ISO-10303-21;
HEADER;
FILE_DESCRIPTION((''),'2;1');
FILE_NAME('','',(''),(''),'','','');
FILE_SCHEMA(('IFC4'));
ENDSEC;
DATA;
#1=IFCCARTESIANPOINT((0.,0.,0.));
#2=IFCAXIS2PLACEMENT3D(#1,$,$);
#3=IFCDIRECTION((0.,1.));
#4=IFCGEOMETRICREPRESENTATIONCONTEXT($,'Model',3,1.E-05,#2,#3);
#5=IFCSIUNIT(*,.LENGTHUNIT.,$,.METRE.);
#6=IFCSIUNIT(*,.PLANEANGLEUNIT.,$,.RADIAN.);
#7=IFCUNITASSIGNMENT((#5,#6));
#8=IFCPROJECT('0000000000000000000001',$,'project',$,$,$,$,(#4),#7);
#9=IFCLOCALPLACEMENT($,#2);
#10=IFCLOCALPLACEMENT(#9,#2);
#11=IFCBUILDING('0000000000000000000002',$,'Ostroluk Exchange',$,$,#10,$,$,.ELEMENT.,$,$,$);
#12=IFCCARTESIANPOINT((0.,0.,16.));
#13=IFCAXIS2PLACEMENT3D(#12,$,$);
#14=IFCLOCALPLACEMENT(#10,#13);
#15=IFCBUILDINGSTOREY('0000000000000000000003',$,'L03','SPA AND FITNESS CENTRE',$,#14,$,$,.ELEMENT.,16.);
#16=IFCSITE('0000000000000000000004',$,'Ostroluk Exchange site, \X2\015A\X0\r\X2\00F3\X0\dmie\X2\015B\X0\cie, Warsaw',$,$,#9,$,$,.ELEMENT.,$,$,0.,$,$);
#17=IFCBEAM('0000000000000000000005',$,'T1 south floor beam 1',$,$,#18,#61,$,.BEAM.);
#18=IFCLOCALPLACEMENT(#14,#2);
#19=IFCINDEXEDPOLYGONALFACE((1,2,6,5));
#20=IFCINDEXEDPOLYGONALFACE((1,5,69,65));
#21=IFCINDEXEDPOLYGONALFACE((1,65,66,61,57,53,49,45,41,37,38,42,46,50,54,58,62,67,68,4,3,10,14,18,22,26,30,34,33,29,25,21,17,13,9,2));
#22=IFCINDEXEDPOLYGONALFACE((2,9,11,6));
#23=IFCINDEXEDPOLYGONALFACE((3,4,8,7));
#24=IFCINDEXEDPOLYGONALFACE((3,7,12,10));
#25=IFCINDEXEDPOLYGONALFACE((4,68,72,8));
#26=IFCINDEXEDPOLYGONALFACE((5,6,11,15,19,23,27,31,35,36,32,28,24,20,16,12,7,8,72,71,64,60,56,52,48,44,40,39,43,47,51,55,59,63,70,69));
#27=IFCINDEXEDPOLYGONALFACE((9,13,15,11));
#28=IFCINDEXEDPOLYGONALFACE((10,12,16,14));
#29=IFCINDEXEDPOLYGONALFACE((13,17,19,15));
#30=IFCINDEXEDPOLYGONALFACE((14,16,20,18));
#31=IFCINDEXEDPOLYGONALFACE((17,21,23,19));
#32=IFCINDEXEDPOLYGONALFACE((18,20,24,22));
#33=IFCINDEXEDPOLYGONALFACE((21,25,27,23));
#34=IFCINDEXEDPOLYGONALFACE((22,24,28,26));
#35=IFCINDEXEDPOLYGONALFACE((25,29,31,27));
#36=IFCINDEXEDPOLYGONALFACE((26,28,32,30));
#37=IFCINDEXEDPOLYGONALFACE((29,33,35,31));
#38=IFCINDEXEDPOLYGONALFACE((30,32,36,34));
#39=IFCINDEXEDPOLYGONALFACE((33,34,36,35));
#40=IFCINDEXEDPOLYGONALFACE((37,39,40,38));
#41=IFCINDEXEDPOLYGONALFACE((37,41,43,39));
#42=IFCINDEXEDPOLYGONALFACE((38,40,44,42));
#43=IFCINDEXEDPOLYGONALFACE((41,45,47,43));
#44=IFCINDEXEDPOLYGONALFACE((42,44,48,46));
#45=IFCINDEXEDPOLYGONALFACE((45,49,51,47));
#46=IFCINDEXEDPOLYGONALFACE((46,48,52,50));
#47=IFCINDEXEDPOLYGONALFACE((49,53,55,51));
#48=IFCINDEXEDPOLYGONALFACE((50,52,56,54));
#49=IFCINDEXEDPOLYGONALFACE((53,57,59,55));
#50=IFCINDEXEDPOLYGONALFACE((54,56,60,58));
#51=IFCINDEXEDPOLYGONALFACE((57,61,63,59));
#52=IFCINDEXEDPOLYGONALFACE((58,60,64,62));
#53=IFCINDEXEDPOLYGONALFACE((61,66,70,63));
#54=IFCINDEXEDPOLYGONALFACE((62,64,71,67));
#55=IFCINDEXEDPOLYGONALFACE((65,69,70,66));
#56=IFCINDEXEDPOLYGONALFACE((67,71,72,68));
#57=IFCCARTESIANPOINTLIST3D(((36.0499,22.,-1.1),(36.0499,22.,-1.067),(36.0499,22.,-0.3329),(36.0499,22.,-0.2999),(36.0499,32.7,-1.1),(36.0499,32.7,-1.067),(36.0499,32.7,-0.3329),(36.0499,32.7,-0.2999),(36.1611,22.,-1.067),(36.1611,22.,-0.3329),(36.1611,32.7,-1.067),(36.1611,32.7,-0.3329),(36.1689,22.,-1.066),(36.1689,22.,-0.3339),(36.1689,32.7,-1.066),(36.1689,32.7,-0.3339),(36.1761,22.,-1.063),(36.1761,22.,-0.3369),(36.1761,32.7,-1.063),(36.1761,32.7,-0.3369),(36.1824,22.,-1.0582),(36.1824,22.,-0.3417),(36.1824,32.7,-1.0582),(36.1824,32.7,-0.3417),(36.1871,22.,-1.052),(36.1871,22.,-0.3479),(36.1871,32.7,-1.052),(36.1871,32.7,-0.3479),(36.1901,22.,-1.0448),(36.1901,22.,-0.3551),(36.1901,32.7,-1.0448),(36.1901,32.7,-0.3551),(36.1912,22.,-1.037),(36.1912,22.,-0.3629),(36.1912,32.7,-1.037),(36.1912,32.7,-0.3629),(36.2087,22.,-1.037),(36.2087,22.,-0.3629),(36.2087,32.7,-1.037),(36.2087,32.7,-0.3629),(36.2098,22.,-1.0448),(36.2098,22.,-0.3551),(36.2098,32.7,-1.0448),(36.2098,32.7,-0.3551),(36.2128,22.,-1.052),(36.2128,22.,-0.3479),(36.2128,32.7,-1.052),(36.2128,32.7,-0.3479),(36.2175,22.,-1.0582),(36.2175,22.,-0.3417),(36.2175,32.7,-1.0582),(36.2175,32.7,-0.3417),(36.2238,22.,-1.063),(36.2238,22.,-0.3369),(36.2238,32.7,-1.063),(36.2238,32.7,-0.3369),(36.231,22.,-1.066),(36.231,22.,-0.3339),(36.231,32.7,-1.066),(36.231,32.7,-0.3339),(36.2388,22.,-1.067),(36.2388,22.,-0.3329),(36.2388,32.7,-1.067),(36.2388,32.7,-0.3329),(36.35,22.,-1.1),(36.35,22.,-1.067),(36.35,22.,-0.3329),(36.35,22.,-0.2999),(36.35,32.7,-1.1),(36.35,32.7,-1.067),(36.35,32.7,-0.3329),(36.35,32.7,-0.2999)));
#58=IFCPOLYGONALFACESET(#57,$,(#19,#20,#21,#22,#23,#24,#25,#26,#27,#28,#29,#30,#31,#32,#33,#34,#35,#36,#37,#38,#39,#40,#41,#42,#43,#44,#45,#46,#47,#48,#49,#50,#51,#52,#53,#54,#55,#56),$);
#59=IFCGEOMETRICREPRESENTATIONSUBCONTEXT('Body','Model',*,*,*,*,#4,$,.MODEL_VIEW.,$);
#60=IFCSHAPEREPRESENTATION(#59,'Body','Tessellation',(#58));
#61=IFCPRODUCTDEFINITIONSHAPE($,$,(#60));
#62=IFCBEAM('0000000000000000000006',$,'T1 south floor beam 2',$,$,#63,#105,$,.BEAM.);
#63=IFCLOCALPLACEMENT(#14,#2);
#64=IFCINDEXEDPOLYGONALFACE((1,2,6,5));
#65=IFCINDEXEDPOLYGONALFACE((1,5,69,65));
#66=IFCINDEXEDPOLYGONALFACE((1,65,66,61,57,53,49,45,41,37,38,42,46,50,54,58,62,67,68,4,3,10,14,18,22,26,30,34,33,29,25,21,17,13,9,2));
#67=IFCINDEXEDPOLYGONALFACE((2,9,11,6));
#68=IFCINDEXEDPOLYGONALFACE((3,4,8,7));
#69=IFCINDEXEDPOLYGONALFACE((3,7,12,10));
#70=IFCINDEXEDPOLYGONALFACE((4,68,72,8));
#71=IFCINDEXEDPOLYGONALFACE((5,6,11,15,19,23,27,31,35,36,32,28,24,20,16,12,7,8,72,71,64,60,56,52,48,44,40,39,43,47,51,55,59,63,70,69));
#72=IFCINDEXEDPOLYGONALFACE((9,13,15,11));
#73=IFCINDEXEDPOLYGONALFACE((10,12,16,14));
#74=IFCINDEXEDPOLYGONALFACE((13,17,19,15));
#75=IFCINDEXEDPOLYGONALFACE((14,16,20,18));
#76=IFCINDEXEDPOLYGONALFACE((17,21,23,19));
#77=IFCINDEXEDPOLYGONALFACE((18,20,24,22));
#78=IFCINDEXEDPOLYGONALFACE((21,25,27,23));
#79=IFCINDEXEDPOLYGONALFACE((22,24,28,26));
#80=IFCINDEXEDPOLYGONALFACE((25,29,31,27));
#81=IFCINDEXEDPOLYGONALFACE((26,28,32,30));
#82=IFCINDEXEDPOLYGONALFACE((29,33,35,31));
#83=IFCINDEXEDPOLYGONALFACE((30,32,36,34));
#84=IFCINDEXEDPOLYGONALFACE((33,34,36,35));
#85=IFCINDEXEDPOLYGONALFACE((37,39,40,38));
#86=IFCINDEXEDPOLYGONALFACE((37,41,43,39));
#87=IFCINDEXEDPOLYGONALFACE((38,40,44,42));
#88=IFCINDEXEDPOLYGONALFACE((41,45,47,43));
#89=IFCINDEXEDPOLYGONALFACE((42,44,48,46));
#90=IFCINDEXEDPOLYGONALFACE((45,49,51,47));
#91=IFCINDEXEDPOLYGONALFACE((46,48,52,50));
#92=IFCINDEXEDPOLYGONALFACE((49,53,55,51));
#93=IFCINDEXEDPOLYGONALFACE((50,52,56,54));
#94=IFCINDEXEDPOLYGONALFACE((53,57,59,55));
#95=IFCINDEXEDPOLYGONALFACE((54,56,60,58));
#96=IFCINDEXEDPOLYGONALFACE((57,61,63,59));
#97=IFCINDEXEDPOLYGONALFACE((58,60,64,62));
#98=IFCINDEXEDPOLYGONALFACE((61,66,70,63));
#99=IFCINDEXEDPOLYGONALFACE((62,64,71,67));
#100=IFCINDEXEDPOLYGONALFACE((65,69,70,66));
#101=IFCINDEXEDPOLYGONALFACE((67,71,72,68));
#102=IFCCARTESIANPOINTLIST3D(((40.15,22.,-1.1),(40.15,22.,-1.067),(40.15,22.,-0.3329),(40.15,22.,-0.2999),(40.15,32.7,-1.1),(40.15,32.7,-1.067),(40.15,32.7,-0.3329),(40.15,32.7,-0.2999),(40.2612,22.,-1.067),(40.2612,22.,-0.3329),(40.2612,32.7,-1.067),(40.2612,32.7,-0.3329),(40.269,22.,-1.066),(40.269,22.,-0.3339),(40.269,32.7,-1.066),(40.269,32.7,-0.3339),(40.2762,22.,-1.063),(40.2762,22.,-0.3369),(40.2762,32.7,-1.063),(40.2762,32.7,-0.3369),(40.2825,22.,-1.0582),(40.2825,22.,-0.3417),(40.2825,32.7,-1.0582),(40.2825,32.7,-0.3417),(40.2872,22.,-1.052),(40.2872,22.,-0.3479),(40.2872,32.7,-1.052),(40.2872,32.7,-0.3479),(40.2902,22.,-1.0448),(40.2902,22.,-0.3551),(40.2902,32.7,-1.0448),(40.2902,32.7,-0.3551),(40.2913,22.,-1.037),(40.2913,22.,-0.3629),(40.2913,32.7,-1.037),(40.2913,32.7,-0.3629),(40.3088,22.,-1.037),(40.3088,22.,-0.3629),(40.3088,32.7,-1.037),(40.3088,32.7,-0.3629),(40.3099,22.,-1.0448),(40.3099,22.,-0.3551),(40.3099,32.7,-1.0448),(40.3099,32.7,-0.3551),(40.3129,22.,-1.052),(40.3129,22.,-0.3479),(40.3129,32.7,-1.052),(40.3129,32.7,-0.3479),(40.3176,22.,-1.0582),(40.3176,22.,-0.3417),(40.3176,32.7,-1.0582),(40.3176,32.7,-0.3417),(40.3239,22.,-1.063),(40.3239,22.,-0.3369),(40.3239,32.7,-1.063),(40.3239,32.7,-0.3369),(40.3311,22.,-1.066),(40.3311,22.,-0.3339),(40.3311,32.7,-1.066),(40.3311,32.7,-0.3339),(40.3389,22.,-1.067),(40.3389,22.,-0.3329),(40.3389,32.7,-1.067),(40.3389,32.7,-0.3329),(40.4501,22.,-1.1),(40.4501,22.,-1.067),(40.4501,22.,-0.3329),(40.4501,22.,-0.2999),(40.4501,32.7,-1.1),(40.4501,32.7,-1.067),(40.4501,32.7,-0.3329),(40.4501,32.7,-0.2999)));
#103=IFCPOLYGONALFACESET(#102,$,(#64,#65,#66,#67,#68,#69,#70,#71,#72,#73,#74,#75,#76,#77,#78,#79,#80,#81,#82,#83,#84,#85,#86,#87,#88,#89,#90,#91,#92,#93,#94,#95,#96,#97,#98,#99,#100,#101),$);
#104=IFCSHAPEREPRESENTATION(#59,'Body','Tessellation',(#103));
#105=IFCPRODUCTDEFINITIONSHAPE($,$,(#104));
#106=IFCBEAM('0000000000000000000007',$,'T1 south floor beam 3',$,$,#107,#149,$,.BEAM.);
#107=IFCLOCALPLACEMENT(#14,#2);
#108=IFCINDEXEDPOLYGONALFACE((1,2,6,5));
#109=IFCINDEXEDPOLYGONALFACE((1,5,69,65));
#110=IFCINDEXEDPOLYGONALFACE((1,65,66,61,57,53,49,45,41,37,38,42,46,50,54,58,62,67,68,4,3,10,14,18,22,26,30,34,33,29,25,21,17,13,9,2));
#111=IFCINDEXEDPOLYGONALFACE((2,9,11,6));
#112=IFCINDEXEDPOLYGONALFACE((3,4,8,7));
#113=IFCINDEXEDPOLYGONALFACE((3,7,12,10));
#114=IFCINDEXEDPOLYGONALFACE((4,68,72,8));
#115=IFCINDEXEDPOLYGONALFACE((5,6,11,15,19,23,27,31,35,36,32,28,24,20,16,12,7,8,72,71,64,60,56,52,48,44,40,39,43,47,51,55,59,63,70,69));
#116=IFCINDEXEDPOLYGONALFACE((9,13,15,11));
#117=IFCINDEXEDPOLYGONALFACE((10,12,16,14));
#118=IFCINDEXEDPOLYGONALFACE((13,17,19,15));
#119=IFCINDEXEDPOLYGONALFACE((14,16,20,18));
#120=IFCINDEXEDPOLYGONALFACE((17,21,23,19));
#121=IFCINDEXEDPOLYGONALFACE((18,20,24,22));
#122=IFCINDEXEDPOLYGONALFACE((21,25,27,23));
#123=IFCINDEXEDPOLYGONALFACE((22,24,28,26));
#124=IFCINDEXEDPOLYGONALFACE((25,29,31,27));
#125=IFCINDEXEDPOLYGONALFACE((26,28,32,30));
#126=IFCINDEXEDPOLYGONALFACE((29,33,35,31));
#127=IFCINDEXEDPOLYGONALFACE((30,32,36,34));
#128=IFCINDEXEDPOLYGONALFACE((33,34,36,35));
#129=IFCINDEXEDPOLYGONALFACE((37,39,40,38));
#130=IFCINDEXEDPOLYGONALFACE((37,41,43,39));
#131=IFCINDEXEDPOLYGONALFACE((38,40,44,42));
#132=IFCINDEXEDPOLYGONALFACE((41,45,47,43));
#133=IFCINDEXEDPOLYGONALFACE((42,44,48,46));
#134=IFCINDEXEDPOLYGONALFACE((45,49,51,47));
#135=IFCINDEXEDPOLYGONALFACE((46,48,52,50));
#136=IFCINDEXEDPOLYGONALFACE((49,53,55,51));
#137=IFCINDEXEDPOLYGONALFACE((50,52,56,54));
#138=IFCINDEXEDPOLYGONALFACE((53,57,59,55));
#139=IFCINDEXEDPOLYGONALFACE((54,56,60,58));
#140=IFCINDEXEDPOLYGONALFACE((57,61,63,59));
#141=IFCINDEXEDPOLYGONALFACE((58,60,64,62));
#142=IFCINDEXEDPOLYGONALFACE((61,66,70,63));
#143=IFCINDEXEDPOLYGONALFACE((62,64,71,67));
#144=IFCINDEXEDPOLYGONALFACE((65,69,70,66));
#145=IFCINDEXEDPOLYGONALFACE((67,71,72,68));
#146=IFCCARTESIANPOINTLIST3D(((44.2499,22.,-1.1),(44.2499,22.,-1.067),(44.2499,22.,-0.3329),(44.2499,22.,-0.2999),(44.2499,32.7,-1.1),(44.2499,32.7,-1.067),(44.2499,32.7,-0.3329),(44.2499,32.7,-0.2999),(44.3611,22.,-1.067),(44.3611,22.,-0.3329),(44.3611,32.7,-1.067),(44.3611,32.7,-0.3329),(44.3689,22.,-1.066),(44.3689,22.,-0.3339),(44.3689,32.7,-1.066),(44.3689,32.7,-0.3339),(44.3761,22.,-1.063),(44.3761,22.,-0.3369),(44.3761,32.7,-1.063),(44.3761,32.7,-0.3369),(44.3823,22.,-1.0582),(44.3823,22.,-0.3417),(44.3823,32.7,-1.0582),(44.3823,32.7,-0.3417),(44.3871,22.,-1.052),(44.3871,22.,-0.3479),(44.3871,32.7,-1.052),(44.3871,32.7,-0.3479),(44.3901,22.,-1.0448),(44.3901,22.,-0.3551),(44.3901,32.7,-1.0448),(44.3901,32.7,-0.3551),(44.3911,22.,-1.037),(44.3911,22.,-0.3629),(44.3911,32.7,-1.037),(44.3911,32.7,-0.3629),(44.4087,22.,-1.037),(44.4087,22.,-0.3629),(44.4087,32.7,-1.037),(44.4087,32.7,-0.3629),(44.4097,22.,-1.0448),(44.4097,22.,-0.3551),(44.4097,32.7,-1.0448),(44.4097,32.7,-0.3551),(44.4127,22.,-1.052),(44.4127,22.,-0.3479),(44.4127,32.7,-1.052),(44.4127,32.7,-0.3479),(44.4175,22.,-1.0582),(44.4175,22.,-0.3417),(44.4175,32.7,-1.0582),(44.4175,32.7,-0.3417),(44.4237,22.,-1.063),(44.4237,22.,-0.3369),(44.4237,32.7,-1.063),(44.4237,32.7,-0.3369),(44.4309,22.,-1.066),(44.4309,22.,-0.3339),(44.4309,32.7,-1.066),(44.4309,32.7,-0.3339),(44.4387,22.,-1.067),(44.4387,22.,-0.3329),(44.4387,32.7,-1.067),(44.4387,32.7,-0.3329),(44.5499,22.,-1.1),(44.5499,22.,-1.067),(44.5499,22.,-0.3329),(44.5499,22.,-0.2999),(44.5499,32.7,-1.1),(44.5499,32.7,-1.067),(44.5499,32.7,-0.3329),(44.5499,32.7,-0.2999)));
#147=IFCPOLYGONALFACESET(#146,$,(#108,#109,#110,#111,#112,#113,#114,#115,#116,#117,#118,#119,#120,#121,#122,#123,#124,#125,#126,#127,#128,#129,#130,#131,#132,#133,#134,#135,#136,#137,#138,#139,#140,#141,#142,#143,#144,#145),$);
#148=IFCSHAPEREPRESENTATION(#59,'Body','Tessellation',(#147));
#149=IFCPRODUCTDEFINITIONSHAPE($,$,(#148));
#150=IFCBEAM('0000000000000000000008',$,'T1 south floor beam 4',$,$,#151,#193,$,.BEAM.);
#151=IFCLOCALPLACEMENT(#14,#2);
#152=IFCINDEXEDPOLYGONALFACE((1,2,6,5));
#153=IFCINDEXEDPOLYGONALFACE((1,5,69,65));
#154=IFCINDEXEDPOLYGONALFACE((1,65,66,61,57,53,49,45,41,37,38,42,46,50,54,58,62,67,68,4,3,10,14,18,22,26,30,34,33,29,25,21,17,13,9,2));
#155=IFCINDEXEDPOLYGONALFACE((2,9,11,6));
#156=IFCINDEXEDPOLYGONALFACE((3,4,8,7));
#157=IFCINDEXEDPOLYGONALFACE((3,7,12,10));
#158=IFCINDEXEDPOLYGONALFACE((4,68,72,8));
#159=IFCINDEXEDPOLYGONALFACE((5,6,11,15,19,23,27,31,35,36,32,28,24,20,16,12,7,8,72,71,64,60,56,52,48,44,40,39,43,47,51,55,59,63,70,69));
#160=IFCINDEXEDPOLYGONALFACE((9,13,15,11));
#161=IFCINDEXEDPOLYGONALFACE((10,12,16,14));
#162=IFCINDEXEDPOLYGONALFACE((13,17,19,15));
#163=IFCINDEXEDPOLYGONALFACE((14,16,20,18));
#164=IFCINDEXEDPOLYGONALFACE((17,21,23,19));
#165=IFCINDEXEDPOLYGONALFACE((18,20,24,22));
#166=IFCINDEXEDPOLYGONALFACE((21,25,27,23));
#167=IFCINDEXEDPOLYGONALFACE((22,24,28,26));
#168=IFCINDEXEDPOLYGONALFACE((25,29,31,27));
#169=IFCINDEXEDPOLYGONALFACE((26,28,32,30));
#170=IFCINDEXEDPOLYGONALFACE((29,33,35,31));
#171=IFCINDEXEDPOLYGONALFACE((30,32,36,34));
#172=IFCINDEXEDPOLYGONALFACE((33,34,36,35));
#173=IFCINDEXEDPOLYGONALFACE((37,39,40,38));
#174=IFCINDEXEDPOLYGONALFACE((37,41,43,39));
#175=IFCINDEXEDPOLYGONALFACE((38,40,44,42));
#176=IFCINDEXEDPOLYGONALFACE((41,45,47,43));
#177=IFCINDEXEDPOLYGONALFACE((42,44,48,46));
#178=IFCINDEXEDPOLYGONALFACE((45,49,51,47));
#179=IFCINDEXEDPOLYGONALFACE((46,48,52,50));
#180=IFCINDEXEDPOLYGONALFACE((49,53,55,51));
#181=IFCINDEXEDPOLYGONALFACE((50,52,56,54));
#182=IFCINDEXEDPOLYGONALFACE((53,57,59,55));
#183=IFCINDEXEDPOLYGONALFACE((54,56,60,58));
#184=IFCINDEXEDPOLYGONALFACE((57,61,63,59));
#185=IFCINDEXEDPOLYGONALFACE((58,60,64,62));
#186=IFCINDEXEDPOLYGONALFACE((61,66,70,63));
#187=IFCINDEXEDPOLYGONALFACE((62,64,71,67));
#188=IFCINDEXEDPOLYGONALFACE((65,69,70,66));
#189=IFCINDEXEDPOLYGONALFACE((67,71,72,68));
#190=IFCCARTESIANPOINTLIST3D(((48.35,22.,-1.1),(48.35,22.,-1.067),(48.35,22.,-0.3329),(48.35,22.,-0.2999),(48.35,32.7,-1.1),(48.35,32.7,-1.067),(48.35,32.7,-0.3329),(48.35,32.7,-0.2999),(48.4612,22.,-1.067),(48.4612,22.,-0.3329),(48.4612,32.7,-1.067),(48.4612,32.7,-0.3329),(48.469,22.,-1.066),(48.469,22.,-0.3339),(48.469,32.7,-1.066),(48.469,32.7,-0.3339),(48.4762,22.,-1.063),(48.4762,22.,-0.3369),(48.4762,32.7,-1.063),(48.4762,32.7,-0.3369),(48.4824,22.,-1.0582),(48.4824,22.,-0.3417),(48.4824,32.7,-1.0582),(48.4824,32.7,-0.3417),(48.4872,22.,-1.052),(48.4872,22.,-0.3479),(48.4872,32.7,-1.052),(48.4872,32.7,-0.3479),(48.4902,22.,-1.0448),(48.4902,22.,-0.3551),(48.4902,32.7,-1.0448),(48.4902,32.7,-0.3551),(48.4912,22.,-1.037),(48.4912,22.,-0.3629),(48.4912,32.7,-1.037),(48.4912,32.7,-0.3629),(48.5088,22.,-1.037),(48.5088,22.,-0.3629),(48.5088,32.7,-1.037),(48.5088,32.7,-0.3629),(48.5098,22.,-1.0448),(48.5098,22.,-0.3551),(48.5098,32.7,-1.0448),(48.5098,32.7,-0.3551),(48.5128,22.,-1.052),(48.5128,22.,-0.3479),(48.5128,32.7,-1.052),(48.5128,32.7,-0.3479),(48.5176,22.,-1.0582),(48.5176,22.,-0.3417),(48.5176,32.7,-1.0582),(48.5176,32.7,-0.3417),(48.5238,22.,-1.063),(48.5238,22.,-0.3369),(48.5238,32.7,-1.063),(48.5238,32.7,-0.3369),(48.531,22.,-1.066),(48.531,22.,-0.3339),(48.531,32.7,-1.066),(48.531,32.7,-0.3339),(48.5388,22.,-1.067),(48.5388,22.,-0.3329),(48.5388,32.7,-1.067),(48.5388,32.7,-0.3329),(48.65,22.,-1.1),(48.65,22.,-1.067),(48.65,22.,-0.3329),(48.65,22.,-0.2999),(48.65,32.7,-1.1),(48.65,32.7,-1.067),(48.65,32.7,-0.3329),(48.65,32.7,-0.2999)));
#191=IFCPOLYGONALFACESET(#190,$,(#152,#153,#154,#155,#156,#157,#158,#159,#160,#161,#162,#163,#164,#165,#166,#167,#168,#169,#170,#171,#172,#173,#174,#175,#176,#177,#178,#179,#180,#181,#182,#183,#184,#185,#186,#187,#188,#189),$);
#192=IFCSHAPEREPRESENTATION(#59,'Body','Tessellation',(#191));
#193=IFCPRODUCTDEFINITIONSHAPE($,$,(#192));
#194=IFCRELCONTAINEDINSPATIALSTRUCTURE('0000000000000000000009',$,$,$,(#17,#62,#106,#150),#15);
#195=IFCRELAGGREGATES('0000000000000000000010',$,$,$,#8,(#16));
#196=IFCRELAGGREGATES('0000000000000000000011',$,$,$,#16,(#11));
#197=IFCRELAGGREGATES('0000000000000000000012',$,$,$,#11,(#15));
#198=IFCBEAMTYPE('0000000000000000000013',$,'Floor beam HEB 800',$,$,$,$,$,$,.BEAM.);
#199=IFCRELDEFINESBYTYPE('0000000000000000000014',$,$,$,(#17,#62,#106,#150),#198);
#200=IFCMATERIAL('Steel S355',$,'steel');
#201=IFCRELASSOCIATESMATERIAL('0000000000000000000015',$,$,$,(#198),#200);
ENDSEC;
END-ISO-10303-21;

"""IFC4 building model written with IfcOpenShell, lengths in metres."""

from ifc_helpers import new_model, si_unit, direction, frame, origin, origin_2d, place, context, subcontext, project, spatial, i_section, extrude, material, material_profile, profile_set, type_object, element, save


model = new_model("IFC4")

# Units and contexts
model_context = context("Model", 3, precision=1e-05, world=origin(), true_north=direction((0.0, 1.0)))
body_context = subcontext(model_context, "Body", "Model", "MODEL_VIEW")
ifc_project = project(units=[si_unit("LENGTHUNIT", "METRE"), si_unit("PLANEANGLEUNIT", "RADIAN")], contexts=[model_context])

# Site, building, storey
site_placement = place(None, origin())
site = spatial("IfcSite", under=ifc_project, at=site_placement, Name="Ostroluk Exchange site, Śródmieście, Warsaw", CompositionType="ELEMENT", RefElevation=0.0)
building_placement = place(site_placement, origin())
building = spatial("IfcBuilding", under=site, at=building_placement, Name="Ostroluk Exchange", CompositionType="ELEMENT")
storey_placement = place(building_placement, frame((0.0, 0.0, 16.0)))
storey = spatial("IfcBuildingStorey", under=building, at=storey_placement, Name="L03", Description="SPA AND FITNESS CENTRE", CompositionType="ELEMENT", Elevation=16.0)

# Beams
ifc_material_1 = material(Name="Steel S355", Category="steel")
ifc_material_profile_1 = material_profile(ifc_material_1, i_section(OverallWidth=0.3, OverallDepth=0.8, WebThickness=0.0176, FlangeThickness=0.033, FilletRadius=0.03, at=origin_2d()), Name="HEB 800")
ifc_profile_set_1 = profile_set([ifc_material_profile_1], Name="Steel S355")
beam_type_1 = type_object("IfcBeamType", Name="Floor beam HEB 800", PredefinedType="BEAM", material=ifc_profile_set_1)
for number, where, z_axis, x_axis, name in (
    (1, (36.2, 32.7, -0.7), (0.0, -1.0, 0.0), (1.0, 0.0, 0.0), "T1 south floor beam 1"),
    (2, (40.3, 32.7, -0.7), (0.0, -1.0, 0.0), (1.0, 0.0, 0.0), "T1 south floor beam 2"),
    (3, (44.3999, 32.7, -0.7), (0.0, -1.0, 0.0), (1.0, 0.0, 0.0), "T1 south floor beam 3"),
    (4, (48.5, 32.7, -0.7), (0.0, -1.0, 0.0), (1.0, 0.0, 0.0), "T1 south floor beam 4"),
):
    element("IfcBeam", number, at=place(storey_placement, frame(where, z_axis=z_axis, x_axis=x_axis)), inside=storey, type_object=beam_type_1, Name=name, PredefinedType="BEAM", context=body_context, shape_type="SweptSolid", body=[
        extrude(i_section(OverallWidth=0.3, OverallDepth=0.8, WebThickness=0.0176, FlangeThickness=0.033, FilletRadius=0.03, at=origin_2d()), origin(), (0.0, 0.0, 1.0), 10.7),
    ])

save(model, "model.ifc")
